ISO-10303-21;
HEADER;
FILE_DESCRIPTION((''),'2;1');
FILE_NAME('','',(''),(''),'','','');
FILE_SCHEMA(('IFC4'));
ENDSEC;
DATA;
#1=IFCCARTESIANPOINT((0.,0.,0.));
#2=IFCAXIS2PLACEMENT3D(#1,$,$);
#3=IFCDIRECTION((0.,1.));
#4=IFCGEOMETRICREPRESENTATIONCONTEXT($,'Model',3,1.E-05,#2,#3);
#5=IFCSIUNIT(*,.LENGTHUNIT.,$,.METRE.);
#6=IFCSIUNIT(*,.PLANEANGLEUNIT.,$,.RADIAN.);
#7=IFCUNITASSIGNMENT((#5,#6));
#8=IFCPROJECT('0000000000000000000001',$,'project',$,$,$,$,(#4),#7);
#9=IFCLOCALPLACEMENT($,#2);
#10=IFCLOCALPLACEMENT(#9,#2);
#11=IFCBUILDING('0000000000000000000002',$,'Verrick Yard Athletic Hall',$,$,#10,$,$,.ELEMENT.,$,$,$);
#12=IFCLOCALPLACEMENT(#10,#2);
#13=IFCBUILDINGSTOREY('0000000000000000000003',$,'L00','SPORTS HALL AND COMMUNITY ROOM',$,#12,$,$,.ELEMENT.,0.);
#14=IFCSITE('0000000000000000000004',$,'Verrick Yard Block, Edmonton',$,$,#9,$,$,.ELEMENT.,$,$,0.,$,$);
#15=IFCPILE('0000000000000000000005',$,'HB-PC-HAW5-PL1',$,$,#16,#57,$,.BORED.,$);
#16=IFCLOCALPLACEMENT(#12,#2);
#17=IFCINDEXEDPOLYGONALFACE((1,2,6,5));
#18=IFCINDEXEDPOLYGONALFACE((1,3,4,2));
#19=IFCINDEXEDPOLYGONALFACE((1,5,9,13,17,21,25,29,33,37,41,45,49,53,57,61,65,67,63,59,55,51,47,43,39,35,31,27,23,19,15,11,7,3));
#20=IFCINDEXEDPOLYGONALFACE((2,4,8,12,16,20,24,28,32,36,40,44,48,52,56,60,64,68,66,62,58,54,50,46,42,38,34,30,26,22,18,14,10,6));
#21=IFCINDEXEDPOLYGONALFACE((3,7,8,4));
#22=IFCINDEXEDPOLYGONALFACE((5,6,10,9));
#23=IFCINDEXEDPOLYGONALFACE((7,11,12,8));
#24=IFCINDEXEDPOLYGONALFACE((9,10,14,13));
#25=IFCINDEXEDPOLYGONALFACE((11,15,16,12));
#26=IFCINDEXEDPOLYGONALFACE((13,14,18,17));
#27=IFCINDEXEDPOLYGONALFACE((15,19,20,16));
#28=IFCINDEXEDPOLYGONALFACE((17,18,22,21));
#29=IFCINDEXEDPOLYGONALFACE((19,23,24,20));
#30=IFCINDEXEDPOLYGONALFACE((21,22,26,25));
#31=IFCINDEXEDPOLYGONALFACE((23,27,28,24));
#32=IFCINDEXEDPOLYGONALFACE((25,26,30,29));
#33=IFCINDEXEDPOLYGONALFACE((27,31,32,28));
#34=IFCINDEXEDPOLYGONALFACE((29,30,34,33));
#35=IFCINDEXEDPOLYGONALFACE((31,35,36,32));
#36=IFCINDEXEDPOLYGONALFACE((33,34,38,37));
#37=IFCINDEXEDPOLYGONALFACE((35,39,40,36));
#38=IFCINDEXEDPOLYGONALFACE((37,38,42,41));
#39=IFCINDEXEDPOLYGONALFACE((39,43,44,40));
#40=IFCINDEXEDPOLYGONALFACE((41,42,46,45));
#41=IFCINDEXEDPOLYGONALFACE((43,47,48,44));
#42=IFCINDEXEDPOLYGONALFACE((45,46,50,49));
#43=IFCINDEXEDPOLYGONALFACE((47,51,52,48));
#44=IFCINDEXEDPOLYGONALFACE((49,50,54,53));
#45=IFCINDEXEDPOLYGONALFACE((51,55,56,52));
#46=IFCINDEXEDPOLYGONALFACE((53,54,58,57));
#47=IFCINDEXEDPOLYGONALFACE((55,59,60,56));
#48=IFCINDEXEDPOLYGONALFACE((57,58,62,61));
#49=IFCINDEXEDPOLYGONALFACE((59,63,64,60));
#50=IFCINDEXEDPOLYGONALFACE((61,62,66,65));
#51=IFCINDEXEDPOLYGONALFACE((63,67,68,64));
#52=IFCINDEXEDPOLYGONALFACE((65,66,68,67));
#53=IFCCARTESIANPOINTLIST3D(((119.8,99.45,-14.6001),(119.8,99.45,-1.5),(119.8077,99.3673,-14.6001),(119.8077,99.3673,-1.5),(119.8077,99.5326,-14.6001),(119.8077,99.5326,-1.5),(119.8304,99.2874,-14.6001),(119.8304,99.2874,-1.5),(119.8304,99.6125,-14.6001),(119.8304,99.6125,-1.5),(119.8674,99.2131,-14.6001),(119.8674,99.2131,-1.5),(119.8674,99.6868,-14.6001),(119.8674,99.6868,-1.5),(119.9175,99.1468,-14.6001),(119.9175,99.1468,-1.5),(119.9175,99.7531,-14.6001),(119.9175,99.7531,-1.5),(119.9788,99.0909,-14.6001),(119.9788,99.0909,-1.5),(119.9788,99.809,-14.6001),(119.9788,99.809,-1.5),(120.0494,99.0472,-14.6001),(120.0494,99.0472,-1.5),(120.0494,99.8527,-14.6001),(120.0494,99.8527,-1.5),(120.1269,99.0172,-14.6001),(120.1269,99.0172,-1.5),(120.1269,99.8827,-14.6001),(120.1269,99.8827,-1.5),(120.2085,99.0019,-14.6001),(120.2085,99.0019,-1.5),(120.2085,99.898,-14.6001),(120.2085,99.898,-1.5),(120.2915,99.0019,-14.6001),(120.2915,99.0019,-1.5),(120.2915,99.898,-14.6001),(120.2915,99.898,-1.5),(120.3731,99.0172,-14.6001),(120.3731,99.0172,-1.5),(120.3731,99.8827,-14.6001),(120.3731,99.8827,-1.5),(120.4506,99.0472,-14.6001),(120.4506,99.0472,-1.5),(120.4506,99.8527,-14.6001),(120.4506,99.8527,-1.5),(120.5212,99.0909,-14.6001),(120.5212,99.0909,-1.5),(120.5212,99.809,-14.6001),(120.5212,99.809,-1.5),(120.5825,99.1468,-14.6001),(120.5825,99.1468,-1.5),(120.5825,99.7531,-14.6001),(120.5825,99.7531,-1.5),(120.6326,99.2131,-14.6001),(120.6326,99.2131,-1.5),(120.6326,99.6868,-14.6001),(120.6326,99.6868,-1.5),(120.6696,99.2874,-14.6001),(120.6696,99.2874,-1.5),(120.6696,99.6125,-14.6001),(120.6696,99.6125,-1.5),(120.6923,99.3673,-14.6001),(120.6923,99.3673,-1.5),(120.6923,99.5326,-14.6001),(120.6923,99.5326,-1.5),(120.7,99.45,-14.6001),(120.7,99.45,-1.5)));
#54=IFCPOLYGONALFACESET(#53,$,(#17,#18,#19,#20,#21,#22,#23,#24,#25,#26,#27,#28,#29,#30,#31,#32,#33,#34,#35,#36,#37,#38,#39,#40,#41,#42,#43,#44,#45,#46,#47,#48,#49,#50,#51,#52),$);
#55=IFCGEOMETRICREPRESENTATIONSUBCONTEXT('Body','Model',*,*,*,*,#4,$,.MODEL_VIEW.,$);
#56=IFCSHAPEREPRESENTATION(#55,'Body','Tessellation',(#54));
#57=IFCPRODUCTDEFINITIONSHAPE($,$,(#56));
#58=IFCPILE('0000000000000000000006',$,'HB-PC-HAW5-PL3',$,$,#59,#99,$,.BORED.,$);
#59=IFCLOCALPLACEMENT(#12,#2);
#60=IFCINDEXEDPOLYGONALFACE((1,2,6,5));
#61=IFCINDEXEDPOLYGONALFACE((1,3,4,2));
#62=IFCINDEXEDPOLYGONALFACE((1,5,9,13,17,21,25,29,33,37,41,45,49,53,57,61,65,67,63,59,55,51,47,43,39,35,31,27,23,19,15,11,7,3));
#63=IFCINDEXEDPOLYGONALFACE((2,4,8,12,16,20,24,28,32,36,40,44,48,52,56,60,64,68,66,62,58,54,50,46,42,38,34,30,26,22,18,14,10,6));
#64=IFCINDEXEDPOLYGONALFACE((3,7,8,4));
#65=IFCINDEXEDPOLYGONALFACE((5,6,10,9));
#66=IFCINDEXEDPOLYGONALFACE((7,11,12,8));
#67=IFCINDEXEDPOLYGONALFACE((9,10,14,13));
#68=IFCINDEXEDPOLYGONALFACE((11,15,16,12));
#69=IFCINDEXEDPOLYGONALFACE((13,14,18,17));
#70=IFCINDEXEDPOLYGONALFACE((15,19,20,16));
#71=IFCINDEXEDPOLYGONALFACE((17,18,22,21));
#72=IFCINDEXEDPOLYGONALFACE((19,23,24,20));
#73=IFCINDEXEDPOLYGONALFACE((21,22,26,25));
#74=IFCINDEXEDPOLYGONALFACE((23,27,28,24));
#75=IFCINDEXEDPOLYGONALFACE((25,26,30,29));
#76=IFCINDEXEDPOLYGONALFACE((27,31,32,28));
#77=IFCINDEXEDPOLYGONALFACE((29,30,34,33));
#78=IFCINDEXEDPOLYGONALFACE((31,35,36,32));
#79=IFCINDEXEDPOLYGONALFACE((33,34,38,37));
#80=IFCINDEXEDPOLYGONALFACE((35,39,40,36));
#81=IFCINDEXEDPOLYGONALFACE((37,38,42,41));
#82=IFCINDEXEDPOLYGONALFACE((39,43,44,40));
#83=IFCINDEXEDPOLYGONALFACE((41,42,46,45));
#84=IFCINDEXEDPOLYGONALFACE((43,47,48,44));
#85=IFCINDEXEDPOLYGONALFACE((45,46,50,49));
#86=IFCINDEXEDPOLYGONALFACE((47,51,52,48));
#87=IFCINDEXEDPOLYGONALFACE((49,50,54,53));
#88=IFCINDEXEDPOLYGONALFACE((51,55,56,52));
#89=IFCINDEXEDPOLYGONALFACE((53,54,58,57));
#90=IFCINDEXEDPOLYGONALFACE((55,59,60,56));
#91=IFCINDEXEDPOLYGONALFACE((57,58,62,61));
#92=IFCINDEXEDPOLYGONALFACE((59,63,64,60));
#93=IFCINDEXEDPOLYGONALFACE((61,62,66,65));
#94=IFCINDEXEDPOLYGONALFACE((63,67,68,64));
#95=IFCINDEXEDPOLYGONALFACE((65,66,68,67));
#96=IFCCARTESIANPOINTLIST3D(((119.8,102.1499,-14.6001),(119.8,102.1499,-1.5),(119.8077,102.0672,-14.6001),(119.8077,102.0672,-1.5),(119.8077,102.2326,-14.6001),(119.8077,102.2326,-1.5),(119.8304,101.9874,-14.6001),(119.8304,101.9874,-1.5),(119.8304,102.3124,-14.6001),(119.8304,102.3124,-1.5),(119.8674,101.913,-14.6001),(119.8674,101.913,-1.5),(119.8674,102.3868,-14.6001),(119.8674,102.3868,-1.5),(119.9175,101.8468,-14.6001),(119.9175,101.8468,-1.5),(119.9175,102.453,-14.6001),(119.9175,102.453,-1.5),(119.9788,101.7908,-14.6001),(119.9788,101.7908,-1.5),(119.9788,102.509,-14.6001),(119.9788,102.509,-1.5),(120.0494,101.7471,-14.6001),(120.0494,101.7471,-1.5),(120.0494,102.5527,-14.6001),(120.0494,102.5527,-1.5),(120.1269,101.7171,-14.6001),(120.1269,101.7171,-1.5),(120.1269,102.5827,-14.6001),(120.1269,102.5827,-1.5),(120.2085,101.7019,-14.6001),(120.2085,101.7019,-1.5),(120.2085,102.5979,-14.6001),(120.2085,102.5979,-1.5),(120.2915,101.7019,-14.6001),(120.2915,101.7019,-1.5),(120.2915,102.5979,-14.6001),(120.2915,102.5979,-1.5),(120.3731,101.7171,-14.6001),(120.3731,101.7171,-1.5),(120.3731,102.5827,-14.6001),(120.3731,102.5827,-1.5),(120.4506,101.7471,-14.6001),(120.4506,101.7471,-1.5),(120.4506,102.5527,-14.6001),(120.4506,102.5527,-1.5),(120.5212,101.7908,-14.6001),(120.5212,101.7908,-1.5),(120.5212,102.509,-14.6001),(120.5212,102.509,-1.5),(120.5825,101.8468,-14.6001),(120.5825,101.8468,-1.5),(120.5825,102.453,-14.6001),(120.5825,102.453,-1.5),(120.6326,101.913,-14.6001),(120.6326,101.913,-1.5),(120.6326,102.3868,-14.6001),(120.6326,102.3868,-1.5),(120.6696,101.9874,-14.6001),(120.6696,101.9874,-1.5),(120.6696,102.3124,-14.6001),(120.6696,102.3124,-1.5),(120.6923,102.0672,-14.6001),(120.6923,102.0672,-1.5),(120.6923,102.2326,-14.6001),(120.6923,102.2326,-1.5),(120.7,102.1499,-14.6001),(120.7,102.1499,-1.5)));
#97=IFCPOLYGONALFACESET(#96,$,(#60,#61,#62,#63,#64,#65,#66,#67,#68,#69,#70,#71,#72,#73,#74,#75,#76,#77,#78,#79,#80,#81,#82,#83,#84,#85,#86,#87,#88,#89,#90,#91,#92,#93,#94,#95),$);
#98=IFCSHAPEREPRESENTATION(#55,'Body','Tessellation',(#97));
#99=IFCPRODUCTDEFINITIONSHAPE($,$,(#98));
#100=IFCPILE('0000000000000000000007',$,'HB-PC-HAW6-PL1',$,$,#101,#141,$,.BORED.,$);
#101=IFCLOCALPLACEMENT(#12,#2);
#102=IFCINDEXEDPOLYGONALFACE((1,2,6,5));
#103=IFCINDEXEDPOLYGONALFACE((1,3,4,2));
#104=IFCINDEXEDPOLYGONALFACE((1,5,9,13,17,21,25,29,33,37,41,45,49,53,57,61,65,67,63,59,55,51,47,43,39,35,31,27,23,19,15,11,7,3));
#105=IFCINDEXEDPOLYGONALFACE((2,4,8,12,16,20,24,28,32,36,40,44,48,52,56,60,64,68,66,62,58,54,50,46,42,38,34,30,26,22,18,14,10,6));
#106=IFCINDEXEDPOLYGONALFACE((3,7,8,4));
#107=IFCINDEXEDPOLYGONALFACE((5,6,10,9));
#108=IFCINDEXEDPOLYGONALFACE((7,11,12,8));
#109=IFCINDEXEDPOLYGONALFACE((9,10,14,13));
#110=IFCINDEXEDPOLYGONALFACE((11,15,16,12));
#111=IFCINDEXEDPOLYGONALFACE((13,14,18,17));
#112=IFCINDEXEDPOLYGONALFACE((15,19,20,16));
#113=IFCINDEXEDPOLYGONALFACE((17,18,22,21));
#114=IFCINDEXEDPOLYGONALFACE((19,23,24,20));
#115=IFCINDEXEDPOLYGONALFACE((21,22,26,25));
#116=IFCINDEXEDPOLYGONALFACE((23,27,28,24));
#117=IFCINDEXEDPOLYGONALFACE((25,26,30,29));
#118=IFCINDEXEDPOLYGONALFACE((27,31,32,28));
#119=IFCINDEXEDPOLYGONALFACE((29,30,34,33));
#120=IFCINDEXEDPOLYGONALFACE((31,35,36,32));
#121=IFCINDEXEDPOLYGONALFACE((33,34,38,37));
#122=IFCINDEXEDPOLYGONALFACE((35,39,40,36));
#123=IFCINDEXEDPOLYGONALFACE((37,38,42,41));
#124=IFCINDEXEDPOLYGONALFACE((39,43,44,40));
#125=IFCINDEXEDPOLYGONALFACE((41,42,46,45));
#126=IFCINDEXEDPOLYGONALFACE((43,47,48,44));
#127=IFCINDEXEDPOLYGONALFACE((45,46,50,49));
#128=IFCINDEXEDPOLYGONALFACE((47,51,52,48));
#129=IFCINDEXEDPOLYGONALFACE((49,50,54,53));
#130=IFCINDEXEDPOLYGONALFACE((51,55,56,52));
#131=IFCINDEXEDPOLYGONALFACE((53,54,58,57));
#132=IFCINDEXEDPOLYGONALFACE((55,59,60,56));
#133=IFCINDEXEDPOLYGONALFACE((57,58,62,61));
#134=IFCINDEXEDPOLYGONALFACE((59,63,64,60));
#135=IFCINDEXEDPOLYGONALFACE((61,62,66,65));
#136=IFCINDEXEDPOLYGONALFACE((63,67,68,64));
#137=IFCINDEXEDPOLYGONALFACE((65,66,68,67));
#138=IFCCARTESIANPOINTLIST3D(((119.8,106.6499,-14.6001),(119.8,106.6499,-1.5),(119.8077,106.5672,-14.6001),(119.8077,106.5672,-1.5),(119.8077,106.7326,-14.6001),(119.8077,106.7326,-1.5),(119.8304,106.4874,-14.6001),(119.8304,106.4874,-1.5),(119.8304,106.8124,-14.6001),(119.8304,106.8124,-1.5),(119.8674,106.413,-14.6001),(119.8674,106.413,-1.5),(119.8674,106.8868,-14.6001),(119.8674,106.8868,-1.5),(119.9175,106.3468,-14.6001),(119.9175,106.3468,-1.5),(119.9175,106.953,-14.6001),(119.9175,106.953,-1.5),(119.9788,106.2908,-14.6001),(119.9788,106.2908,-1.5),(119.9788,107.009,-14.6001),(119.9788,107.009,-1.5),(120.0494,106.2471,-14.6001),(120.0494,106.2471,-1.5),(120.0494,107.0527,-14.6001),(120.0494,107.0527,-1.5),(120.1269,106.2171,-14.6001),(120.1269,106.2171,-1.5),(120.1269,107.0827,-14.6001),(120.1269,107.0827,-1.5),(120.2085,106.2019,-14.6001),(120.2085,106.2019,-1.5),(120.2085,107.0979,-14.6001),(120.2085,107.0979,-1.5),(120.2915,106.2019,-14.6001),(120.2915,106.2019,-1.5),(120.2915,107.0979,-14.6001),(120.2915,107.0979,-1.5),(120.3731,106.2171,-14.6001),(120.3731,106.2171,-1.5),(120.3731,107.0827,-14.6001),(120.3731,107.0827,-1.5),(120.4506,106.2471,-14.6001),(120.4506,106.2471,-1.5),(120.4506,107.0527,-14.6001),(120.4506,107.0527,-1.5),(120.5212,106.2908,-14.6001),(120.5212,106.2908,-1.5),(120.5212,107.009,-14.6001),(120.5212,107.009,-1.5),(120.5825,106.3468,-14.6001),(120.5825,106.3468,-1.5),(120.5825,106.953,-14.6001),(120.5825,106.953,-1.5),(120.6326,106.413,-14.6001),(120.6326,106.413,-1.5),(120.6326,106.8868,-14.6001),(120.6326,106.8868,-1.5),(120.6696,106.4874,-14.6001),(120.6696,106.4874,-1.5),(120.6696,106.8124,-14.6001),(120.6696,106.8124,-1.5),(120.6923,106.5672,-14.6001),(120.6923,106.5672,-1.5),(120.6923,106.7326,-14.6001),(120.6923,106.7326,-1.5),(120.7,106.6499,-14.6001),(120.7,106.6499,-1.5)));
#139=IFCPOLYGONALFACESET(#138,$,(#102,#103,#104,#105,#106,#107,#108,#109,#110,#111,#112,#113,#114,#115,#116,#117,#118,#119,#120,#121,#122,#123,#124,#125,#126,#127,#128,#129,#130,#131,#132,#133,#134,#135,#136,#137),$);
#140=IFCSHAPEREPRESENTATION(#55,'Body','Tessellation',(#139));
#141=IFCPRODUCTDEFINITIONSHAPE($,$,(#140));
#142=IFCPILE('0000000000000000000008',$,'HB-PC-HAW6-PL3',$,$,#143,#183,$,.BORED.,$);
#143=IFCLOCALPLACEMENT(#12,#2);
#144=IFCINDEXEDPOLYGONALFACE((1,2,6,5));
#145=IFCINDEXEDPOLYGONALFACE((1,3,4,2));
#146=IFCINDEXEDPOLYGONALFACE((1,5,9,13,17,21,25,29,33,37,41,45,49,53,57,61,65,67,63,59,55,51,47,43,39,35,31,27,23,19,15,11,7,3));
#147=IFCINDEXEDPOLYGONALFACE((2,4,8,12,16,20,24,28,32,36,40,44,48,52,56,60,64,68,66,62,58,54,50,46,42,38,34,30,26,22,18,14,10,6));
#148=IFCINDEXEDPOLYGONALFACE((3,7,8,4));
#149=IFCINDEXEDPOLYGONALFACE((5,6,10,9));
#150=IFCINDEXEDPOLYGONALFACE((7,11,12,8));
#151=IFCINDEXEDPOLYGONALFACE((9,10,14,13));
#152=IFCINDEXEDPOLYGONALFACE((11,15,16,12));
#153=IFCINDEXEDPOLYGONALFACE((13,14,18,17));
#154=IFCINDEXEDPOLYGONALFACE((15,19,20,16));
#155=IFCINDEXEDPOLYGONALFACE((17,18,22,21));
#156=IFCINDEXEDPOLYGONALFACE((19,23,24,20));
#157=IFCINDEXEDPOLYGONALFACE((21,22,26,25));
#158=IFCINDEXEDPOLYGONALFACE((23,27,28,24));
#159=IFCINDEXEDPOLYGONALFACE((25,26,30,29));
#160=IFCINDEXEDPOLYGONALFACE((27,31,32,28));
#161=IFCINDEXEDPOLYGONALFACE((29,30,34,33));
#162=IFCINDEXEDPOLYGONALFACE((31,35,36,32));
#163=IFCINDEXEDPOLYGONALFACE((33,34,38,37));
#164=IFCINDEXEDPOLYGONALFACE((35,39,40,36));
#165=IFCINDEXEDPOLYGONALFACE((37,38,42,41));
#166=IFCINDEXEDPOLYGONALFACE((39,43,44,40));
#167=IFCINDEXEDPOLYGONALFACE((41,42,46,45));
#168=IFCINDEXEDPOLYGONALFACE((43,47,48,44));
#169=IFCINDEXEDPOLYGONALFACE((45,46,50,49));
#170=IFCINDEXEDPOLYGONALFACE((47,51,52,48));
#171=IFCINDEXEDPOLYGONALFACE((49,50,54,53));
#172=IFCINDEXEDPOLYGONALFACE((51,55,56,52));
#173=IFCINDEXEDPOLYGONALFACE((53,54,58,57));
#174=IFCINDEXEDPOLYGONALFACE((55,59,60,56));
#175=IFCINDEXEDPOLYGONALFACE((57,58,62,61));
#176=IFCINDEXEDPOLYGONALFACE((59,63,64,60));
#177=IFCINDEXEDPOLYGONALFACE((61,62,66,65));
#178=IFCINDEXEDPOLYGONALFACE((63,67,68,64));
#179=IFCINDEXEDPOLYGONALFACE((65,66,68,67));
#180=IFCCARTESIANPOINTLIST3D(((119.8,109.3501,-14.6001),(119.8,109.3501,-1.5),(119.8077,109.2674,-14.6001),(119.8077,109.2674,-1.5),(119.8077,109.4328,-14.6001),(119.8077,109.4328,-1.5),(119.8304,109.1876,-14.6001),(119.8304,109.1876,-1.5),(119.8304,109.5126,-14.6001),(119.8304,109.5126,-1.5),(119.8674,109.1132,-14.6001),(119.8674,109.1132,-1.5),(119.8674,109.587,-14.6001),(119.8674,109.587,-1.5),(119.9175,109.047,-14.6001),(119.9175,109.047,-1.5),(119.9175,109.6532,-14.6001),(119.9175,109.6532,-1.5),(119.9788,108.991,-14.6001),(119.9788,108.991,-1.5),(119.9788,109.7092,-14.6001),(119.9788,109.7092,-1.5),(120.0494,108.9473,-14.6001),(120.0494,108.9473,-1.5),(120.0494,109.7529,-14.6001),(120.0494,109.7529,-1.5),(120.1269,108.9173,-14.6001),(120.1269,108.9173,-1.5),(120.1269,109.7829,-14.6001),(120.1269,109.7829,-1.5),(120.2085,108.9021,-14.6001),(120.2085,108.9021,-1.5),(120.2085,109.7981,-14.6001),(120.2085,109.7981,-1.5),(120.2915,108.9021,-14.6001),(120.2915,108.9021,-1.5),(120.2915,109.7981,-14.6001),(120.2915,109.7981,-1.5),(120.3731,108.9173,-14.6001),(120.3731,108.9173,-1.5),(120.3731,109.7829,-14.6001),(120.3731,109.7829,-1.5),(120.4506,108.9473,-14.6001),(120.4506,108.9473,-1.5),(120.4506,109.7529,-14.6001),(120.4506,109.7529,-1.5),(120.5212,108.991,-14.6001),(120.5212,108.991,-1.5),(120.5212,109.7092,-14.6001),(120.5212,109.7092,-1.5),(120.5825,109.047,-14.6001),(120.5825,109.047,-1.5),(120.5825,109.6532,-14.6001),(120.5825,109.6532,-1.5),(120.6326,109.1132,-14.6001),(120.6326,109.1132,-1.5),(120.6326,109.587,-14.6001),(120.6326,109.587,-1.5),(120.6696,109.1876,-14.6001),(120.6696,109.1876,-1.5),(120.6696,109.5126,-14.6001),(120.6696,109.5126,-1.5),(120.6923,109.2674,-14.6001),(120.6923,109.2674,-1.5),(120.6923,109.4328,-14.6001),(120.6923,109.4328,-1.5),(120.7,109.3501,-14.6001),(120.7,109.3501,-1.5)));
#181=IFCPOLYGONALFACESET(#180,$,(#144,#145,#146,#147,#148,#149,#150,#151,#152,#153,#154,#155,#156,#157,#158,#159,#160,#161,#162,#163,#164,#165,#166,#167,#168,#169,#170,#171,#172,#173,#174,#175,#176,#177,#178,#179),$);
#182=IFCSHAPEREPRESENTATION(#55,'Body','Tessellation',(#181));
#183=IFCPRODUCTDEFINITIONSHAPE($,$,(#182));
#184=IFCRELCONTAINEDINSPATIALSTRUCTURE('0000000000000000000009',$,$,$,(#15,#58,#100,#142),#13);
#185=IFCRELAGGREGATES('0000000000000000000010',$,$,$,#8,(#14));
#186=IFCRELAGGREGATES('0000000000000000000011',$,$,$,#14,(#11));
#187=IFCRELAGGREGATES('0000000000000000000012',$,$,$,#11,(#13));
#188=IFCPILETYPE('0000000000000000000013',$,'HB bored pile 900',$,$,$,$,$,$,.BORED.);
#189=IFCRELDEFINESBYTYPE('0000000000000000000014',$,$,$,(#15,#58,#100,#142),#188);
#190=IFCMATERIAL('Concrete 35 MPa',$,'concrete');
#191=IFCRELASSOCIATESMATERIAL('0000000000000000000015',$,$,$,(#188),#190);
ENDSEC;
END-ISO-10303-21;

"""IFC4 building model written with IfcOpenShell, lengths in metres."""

from ifc_helpers import new_model, si_unit, direction, frame, origin, origin_2d, place, context, subcontext, project, spatial, circle, extrude, material, material_profile, profile_set, type_object, element, save


model = new_model("IFC4")

# Units and contexts
model_context = context("Model", 3, precision=1e-05, world=origin(), true_north=direction((0.0, 1.0)))
body_context = subcontext(model_context, "Body", "Model", "MODEL_VIEW")
ifc_project = project(units=[si_unit("LENGTHUNIT", "METRE"), si_unit("PLANEANGLEUNIT", "RADIAN")], contexts=[model_context])

# Site, building, storey
site_placement = place(None, origin())
site = spatial("IfcSite", under=ifc_project, at=site_placement, Name="Verrick Yard Block, Edmonton", CompositionType="ELEMENT", RefElevation=0.0)
building_placement = place(site_placement, origin())
building = spatial("IfcBuilding", under=site, at=building_placement, Name="Verrick Yard Athletic Hall", CompositionType="ELEMENT")
storey_placement = place(building_placement, origin())
storey = spatial("IfcBuildingStorey", under=building, at=storey_placement, Name="L00", Description="SPORTS HALL AND COMMUNITY ROOM", CompositionType="ELEMENT", Elevation=0.0)

# Piles
ifc_material_1 = material(Name="Concrete 35 MPa", Category="concrete")
ifc_material_profile_1 = material_profile(ifc_material_1, circle(Radius=0.45, at=origin_2d()), Name="Bored pile 900")
ifc_profile_set_1 = profile_set([ifc_material_profile_1], Name="Concrete 35 MPa")
pile_type = type_object("IfcPileType", Name="HB bored pile 900", PredefinedType="BORED", material=ifc_profile_set_1)
for number, where, z_axis, x_axis, name in (
    (1, (120.25, 99.45, -1.5), (0.0, 0.0, -1.0), (1.0, 0.0, 0.0), "HB-PC-HAW5-PL1"),
    (2, (120.25, 102.1499, -1.5), (0.0, 0.0, -1.0), (1.0, 0.0, 0.0), "HB-PC-HAW5-PL3"),
    (3, (120.25, 106.6499, -1.5), (0.0, 0.0, -1.0), (1.0, 0.0, 0.0), "HB-PC-HAW6-PL1"),
    (4, (120.25, 109.3501, -1.5), (0.0, 0.0, -1.0), (1.0, 0.0, 0.0), "HB-PC-HAW6-PL3"),
):
    element("IfcPile", number, at=place(storey_placement, frame(where, z_axis=z_axis, x_axis=x_axis)), inside=storey, type_object=pile_type, Name=name, PredefinedType="BORED", context=body_context, shape_type="SweptSolid", body=[
        extrude(circle(Radius=0.45, at=origin_2d()), origin(), (0.0, 0.0, 1.0), 13.1001),
    ])

save(model, "model.ifc")
